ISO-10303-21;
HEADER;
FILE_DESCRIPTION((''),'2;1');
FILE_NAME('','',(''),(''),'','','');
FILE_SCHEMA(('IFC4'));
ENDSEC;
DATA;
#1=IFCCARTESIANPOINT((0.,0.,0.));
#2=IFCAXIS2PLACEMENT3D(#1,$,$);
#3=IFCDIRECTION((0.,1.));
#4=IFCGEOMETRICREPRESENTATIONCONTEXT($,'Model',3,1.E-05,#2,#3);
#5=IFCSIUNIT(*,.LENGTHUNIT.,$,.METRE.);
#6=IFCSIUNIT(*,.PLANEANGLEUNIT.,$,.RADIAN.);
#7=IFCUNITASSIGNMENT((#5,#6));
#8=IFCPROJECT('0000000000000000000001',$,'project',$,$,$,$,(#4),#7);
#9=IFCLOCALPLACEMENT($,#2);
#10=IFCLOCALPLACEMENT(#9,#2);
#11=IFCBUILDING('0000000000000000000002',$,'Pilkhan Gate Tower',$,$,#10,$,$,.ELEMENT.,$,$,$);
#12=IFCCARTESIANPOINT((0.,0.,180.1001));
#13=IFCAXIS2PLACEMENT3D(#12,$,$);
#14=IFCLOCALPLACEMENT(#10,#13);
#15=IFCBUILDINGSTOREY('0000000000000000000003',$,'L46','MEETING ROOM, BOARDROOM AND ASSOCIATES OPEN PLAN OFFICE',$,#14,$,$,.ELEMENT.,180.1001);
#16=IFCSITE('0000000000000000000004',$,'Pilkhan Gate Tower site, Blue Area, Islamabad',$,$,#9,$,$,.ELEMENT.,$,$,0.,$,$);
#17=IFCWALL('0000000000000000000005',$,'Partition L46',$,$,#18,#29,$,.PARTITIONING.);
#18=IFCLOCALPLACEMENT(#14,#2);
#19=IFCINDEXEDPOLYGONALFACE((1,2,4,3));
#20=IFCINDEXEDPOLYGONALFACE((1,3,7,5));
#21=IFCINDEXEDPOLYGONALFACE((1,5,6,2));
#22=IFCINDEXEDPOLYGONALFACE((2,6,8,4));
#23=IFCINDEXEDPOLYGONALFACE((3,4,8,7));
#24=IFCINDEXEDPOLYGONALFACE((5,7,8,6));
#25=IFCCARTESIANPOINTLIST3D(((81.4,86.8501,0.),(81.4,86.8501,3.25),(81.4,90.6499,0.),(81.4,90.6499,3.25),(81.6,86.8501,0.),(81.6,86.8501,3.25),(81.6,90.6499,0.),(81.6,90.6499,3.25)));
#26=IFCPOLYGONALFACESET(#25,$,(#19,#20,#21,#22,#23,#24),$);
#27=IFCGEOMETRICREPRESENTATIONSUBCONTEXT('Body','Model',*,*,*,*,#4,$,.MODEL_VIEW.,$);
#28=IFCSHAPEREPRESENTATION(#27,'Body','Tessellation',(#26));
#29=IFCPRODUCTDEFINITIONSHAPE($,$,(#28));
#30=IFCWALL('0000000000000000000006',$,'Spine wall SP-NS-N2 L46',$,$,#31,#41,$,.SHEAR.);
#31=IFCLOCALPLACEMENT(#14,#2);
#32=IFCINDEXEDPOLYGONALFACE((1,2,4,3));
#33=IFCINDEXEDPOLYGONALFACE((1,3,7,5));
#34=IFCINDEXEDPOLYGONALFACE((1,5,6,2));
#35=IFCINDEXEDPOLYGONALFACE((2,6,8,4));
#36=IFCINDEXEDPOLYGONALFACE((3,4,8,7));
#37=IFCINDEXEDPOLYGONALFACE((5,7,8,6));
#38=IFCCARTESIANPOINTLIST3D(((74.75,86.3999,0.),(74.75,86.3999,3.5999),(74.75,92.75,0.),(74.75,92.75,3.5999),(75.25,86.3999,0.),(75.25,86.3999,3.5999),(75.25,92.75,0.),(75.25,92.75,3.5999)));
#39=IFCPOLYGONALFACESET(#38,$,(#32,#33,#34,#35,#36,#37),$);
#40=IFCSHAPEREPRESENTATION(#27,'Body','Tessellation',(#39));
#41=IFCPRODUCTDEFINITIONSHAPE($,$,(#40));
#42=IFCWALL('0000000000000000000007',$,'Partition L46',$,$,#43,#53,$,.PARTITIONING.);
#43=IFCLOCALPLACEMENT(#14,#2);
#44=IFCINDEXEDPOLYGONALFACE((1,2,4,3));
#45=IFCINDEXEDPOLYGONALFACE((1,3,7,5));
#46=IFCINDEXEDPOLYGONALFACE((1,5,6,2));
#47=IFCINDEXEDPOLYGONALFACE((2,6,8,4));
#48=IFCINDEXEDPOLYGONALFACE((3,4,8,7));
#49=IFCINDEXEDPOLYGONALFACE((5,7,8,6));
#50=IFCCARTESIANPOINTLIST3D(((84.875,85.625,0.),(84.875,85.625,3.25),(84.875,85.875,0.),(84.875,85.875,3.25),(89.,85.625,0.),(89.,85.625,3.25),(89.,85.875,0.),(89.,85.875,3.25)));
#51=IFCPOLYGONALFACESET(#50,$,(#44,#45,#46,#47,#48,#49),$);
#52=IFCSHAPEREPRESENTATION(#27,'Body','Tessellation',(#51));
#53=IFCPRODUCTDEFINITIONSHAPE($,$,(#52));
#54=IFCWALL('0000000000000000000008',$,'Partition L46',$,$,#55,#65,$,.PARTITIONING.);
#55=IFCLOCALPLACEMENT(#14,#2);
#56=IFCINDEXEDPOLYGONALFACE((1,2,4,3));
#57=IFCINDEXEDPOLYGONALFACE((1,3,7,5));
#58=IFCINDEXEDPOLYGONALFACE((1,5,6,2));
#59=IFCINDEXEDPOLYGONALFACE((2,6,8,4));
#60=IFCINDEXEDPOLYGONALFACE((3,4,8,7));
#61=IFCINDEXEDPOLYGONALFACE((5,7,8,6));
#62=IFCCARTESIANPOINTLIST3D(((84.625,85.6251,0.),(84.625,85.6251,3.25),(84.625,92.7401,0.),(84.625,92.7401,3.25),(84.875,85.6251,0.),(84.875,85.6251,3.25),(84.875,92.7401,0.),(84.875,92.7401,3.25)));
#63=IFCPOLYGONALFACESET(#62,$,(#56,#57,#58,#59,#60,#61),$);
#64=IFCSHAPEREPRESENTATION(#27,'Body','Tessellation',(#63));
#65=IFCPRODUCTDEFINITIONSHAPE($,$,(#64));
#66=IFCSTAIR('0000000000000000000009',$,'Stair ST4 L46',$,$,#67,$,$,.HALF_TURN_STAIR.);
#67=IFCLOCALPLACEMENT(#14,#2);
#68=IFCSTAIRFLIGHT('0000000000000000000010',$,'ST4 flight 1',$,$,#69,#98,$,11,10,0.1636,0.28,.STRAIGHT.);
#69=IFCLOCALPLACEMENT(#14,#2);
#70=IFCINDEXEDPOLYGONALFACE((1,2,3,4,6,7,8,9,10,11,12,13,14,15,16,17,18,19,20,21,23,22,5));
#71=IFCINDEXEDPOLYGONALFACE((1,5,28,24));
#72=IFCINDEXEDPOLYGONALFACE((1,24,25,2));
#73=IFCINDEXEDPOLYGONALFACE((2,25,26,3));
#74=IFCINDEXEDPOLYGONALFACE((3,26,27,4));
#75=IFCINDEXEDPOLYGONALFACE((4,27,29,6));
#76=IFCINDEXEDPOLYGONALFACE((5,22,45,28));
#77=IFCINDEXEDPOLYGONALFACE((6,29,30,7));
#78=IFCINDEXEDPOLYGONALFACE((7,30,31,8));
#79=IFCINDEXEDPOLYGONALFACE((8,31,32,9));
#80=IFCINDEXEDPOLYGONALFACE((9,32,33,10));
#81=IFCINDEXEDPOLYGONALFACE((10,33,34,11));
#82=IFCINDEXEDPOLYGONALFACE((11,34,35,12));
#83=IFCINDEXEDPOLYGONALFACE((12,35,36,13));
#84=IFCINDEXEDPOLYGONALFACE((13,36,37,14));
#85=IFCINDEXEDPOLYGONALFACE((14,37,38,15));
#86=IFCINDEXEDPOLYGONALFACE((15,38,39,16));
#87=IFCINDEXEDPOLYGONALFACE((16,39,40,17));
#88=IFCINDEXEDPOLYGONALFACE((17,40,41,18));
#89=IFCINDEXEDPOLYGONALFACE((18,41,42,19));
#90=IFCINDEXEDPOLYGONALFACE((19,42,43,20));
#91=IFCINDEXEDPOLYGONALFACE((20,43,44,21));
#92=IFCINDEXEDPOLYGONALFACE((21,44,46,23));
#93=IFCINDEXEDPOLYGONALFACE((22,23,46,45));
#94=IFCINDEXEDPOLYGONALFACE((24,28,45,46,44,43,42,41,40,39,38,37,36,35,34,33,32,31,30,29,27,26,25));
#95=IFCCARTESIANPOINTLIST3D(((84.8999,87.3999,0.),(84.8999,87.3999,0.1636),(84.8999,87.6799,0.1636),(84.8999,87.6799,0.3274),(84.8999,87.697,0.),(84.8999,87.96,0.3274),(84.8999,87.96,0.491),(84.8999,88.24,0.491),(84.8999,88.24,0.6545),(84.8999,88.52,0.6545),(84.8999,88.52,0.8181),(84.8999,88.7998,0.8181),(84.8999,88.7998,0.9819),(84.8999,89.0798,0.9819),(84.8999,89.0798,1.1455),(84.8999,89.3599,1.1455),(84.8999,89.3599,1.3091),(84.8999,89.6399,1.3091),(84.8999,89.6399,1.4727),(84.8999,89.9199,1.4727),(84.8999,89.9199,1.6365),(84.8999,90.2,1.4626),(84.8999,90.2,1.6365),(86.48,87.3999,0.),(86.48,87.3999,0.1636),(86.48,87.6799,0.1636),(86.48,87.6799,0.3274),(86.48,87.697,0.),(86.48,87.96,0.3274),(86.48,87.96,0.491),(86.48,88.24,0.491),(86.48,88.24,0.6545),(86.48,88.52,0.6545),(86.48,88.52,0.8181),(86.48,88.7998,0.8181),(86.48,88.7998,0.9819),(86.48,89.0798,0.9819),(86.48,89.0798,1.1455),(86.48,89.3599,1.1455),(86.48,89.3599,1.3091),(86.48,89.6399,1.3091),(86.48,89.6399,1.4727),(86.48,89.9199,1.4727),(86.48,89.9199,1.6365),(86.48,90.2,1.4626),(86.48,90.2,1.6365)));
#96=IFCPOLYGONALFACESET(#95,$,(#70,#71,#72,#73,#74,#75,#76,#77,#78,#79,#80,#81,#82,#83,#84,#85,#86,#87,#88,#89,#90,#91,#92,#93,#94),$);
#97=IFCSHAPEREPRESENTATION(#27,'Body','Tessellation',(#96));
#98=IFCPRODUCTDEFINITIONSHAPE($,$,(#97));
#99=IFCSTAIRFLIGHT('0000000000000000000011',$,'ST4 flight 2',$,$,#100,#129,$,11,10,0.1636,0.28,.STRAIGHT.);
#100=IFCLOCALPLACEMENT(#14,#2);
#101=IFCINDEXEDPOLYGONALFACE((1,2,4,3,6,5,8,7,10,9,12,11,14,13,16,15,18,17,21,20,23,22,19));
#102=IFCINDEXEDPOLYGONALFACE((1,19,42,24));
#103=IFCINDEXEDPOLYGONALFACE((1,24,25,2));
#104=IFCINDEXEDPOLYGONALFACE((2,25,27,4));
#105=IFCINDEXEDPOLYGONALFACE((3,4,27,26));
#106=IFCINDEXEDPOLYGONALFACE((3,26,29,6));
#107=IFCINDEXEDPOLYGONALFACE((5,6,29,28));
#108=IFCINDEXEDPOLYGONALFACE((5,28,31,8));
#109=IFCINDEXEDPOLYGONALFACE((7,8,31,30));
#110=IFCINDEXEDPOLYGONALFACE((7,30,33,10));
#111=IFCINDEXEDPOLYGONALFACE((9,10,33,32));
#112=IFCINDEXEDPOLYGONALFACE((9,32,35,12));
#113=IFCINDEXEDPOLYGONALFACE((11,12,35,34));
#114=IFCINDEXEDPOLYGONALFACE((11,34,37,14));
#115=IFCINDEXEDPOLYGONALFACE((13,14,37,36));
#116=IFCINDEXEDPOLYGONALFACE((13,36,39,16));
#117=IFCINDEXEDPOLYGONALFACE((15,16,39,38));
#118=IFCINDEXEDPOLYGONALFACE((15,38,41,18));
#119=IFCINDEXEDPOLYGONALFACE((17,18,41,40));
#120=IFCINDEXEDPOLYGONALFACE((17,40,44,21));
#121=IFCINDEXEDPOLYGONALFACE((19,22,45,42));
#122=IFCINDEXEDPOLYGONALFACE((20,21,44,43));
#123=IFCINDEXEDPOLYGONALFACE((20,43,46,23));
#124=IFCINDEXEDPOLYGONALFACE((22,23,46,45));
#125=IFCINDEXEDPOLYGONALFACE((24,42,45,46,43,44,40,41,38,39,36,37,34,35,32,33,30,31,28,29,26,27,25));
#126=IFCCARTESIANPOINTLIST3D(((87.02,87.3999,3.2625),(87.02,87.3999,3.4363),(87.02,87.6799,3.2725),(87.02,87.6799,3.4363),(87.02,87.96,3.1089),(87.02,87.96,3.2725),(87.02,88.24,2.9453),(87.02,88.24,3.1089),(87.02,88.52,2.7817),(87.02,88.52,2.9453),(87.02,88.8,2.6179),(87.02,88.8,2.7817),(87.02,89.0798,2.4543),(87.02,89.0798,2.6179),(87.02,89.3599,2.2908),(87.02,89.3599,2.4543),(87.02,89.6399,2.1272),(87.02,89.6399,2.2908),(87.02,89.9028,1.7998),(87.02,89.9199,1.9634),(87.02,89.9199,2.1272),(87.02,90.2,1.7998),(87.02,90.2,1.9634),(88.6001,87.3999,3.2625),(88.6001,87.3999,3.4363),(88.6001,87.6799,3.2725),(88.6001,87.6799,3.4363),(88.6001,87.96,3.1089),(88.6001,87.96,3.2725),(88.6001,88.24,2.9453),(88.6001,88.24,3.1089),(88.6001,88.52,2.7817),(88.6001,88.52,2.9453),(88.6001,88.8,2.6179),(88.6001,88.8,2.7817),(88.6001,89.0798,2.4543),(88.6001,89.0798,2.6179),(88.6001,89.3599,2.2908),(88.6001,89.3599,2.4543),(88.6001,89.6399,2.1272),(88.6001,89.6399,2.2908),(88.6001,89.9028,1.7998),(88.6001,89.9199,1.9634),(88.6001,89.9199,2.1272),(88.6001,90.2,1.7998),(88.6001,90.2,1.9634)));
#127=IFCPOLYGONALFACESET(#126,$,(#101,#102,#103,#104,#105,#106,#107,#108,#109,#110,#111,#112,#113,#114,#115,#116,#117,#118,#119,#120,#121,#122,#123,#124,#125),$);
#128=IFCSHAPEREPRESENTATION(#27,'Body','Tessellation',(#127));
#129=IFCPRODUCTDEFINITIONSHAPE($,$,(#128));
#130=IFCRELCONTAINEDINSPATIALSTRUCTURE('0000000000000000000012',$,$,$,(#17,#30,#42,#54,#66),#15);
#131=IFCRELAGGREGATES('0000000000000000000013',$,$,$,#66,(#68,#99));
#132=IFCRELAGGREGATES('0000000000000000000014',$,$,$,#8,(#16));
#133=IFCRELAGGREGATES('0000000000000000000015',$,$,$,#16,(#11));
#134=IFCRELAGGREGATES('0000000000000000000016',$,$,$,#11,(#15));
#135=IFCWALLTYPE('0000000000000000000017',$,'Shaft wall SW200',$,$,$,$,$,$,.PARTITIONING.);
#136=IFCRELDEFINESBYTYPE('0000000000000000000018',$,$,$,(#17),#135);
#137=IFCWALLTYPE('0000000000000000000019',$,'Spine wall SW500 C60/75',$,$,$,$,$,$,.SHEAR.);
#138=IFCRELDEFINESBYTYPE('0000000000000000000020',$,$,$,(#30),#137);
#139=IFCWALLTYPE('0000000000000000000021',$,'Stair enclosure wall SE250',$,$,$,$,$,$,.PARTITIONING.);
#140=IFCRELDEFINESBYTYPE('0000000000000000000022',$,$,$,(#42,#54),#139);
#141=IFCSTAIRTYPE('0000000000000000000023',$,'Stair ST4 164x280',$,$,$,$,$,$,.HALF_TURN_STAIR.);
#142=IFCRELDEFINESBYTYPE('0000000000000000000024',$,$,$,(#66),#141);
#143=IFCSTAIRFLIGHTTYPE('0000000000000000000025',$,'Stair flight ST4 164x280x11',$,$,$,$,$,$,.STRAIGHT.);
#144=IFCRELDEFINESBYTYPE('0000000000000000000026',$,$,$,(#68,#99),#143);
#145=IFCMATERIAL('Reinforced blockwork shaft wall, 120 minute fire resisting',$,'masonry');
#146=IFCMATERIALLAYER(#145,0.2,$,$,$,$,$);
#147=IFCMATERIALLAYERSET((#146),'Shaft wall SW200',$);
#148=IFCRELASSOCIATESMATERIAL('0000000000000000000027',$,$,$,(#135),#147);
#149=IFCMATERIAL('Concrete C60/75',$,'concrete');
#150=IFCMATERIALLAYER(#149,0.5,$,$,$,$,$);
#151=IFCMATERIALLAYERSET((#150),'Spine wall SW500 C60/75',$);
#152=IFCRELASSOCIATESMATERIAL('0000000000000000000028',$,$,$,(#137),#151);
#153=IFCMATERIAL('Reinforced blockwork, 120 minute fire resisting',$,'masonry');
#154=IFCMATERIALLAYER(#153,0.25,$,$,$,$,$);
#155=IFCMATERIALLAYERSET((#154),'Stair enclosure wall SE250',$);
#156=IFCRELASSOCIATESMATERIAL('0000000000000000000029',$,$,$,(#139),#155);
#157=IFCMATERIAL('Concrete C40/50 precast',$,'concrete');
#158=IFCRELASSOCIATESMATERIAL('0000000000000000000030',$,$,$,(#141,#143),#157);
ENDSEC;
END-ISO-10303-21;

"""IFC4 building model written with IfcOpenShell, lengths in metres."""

from ifc_helpers import new_model, si_unit, direction, frame, frame_2d, origin, place, context, subcontext, project, spatial, polyline, rectangle, outline, extrude, material, layer, layer_set, type_object, element, aggregate, save


model = new_model("IFC4")

# Units and contexts
model_context = context("Model", 3, precision=1e-05, world=origin(), true_north=direction((0.0, 1.0)))
body_context = subcontext(model_context, "Body", "Model", "MODEL_VIEW")
ifc_project = project(units=[si_unit("LENGTHUNIT", "METRE"), si_unit("PLANEANGLEUNIT", "RADIAN")], contexts=[model_context])

# Site, building, storey
site_placement = place(None, origin())
site = spatial("IfcSite", under=ifc_project, at=site_placement, Name="Pilkhan Gate Tower site, Blue Area, Islamabad", CompositionType="ELEMENT", RefElevation=0.0)
building_placement = place(site_placement, origin())
building = spatial("IfcBuilding", under=site, at=building_placement, Name="Pilkhan Gate Tower", CompositionType="ELEMENT")
storey_placement = place(building_placement, frame((0.0, 0.0, 180.1001)))
storey = spatial("IfcBuildingStorey", under=building, at=storey_placement, Name="L46", Description="MEETING ROOM, BOARDROOM AND ASSOCIATES OPEN PLAN OFFICE", CompositionType="ELEMENT", Elevation=180.1001)

# Shared definitions
ifc_material_1 = material(Name="Reinforced blockwork shaft wall, 120 minute fire resisting", Category="masonry")
ifc_layer_1 = layer(ifc_material_1, 0.2)
ifc_layer_set_1 = layer_set([ifc_layer_1], Name="Shaft wall SW200")
wall_type_1 = type_object("IfcWallType", Name="Shaft wall SW200", PredefinedType="PARTITIONING", material=ifc_layer_set_1)

# Walls
for number, where, z_axis, x_axis, name in (
    (1, (81.5, 86.8501, 0.0), (0.0, 0.0, 1.0), (0.0, 1.0, 0.0), "Partition L46"),
):
    element("IfcWall", number, at=place(storey_placement, frame(where, z_axis=z_axis, x_axis=x_axis)), inside=storey, type_object=wall_type_1, Name=name, PredefinedType="PARTITIONING", context=body_context, shape_type="SweptSolid", body=[
        extrude(rectangle(XDim=3.7998, YDim=0.2, at=frame_2d((1.8999, 0.0))), origin(), (0.0, 0.0, 1.0), 3.25),
    ])
ifc_material_2 = material(Name="Concrete C60/75", Category="concrete")
ifc_layer_2 = layer(ifc_material_2, 0.5)
ifc_layer_set_2 = layer_set([ifc_layer_2], Name="Spine wall SW500 C60/75")
wall_type_2 = type_object("IfcWallType", Name="Spine wall SW500 C60/75", PredefinedType="SHEAR", material=ifc_layer_set_2)
wall_1_placement = place(storey_placement, frame((75.0, 86.3999, 0.0), z_axis=(0.0, 0.0, 1.0), x_axis=(0.0, 1.0, 0.0)))
element("IfcWall", 2, at=wall_1_placement, inside=storey, type_object=wall_type_2, Name="Spine wall SP-NS-N2 L46", PredefinedType="SHEAR", context=body_context, shape_type="SweptSolid", body=[
    extrude(rectangle(XDim=6.3501, YDim=0.5, at=frame_2d((3.175, 0.0))), origin(), (0.0, 0.0, 1.0), 3.5999),
])
ifc_material_3 = material(Name="Reinforced blockwork, 120 minute fire resisting", Category="masonry")
ifc_layer_3 = layer(ifc_material_3, 0.25)
ifc_layer_set_3 = layer_set([ifc_layer_3], Name="Stair enclosure wall SE250")
wall_type_3 = type_object("IfcWallType", Name="Stair enclosure wall SE250", PredefinedType="PARTITIONING", material=ifc_layer_set_3)
wall_2_placement = place(storey_placement, frame((84.875, 85.75, 0.0), z_axis=(0.0, 0.0, 1.0), x_axis=(1.0, 0.0, 0.0)))
element("IfcWall", 3, at=wall_2_placement, inside=storey, type_object=wall_type_3, Name="Partition L46", PredefinedType="PARTITIONING", context=body_context, shape_type="SweptSolid", body=[
    extrude(rectangle(XDim=4.125, YDim=0.25, at=frame_2d((2.0625, 0.0))), origin(), (0.0, 0.0, 1.0), 3.25),
])
wall_3_placement = place(storey_placement, frame((84.75, 85.625, 0.0), z_axis=(0.0, 0.0, 1.0), x_axis=(0.0, 1.0, 0.0)))
element("IfcWall", 4, at=wall_3_placement, inside=storey, type_object=wall_type_3, Name="Partition L46", PredefinedType="PARTITIONING", context=body_context, shape_type="SweptSolid", body=[
    extrude(rectangle(XDim=7.115, YDim=0.25, at=frame_2d((3.5576, 0.0))), origin(), (0.0, 0.0, 1.0), 3.25),
])

# Stair, stair flights
ifc_material_4 = material(Name="Concrete C40/50 precast", Category="concrete")
stair_type = type_object("IfcStairType", Name="Stair ST4 164x280", PredefinedType="HALF_TURN_STAIR", material=ifc_material_4)
stair_placement = place(storey_placement, origin())
stair = element("IfcStair", 5, at=stair_placement, inside=storey, type_object=stair_type, Name="Stair ST4 L46", PredefinedType="HALF_TURN_STAIR")
stair_flight_type = type_object("IfcStairFlightType", Name="Stair flight ST4 164x280x11", PredefinedType="STRAIGHT", material=ifc_material_4)
stair_flight_1_placement = place(storey_placement, frame((85.6899, 87.3999, 0.0), z_axis=(0.0, 0.0, 1.0), x_axis=(0.0, 1.0, 0.0)))
stair_flight_1 = element("IfcStairFlight", 6, at=stair_flight_1_placement, type_object=stair_flight_type, Name="ST4 flight 1", NumberOfRisers=11, NumberOfTreads=10, PredefinedType="STRAIGHT", RiserHeight=0.1636, TreadLength=0.28, context=body_context, shape_type="SweptSolid", body=[
    extrude(outline(polyline([(0.0, 0.0), (0.0, 0.1636), (0.28, 0.1636), (0.28, 0.3274), (0.5601, 0.3274), (0.5601, 0.491), (0.8401, 0.491), (0.8401, 0.6545), (1.1201, 0.6545), (1.1201, 0.8181), (1.3999, 0.8181), (1.3999, 0.9819), (1.6799, 0.9819), (1.6799, 1.1455), (1.96, 1.1455), (1.96, 1.3091), (2.24, 1.3091), (2.24, 1.4727), (2.52, 1.4727), (2.52, 1.6365), (2.8, 1.6365), (2.8, 1.8), (2.8, 1.4626), (0.2971, 0.0), (0.0, 0.0)])), frame((0.0, 0.79, 0.0), z_axis=(0.0, -1.0, 0.0), x_axis=(1.0, 0.0, 0.0)), (0.0, 0.0, 1.0), 1.5801),
])
stair_flight_2_placement = place(storey_placement, frame((87.8101, 90.2, 1.7998), z_axis=(0.0, 0.0, 1.0), x_axis=(0.0, -1.0, 0.0)))
stair_flight_2 = element("IfcStairFlight", 7, at=stair_flight_2_placement, type_object=stair_flight_type, Name="ST4 flight 2", NumberOfRisers=11, NumberOfTreads=10, PredefinedType="STRAIGHT", RiserHeight=0.1636, TreadLength=0.28, context=body_context, shape_type="SweptSolid", body=[
    extrude(outline(polyline([(0.0, 0.0), (0.0, 0.1636), (0.28, 0.1636), (0.28, 0.3274), (0.5601, 0.3274), (0.5601, 0.491), (0.8401, 0.491), (0.8401, 0.6545), (1.1201, 0.6545), (1.1201, 0.8181), (1.3999, 0.8181), (1.3999, 0.9819), (1.6799, 0.9819), (1.6799, 1.1455), (1.96, 1.1455), (1.96, 1.3091), (2.24, 1.3091), (2.24, 1.4727), (2.52, 1.4727), (2.52, 1.6365), (2.8, 1.6365), (2.8, 1.8), (2.8, 1.4626), (0.2971, 0.0), (0.0, 0.0)])), frame((0.0, 0.79, 0.0), z_axis=(0.0, -1.0, 0.0), x_axis=(1.0, 0.0, 0.0)), (0.0, 0.0, 1.0), 1.5801),
])
aggregate(stair, [stair_flight_1, stair_flight_2])

save(model, "model.ifc")
